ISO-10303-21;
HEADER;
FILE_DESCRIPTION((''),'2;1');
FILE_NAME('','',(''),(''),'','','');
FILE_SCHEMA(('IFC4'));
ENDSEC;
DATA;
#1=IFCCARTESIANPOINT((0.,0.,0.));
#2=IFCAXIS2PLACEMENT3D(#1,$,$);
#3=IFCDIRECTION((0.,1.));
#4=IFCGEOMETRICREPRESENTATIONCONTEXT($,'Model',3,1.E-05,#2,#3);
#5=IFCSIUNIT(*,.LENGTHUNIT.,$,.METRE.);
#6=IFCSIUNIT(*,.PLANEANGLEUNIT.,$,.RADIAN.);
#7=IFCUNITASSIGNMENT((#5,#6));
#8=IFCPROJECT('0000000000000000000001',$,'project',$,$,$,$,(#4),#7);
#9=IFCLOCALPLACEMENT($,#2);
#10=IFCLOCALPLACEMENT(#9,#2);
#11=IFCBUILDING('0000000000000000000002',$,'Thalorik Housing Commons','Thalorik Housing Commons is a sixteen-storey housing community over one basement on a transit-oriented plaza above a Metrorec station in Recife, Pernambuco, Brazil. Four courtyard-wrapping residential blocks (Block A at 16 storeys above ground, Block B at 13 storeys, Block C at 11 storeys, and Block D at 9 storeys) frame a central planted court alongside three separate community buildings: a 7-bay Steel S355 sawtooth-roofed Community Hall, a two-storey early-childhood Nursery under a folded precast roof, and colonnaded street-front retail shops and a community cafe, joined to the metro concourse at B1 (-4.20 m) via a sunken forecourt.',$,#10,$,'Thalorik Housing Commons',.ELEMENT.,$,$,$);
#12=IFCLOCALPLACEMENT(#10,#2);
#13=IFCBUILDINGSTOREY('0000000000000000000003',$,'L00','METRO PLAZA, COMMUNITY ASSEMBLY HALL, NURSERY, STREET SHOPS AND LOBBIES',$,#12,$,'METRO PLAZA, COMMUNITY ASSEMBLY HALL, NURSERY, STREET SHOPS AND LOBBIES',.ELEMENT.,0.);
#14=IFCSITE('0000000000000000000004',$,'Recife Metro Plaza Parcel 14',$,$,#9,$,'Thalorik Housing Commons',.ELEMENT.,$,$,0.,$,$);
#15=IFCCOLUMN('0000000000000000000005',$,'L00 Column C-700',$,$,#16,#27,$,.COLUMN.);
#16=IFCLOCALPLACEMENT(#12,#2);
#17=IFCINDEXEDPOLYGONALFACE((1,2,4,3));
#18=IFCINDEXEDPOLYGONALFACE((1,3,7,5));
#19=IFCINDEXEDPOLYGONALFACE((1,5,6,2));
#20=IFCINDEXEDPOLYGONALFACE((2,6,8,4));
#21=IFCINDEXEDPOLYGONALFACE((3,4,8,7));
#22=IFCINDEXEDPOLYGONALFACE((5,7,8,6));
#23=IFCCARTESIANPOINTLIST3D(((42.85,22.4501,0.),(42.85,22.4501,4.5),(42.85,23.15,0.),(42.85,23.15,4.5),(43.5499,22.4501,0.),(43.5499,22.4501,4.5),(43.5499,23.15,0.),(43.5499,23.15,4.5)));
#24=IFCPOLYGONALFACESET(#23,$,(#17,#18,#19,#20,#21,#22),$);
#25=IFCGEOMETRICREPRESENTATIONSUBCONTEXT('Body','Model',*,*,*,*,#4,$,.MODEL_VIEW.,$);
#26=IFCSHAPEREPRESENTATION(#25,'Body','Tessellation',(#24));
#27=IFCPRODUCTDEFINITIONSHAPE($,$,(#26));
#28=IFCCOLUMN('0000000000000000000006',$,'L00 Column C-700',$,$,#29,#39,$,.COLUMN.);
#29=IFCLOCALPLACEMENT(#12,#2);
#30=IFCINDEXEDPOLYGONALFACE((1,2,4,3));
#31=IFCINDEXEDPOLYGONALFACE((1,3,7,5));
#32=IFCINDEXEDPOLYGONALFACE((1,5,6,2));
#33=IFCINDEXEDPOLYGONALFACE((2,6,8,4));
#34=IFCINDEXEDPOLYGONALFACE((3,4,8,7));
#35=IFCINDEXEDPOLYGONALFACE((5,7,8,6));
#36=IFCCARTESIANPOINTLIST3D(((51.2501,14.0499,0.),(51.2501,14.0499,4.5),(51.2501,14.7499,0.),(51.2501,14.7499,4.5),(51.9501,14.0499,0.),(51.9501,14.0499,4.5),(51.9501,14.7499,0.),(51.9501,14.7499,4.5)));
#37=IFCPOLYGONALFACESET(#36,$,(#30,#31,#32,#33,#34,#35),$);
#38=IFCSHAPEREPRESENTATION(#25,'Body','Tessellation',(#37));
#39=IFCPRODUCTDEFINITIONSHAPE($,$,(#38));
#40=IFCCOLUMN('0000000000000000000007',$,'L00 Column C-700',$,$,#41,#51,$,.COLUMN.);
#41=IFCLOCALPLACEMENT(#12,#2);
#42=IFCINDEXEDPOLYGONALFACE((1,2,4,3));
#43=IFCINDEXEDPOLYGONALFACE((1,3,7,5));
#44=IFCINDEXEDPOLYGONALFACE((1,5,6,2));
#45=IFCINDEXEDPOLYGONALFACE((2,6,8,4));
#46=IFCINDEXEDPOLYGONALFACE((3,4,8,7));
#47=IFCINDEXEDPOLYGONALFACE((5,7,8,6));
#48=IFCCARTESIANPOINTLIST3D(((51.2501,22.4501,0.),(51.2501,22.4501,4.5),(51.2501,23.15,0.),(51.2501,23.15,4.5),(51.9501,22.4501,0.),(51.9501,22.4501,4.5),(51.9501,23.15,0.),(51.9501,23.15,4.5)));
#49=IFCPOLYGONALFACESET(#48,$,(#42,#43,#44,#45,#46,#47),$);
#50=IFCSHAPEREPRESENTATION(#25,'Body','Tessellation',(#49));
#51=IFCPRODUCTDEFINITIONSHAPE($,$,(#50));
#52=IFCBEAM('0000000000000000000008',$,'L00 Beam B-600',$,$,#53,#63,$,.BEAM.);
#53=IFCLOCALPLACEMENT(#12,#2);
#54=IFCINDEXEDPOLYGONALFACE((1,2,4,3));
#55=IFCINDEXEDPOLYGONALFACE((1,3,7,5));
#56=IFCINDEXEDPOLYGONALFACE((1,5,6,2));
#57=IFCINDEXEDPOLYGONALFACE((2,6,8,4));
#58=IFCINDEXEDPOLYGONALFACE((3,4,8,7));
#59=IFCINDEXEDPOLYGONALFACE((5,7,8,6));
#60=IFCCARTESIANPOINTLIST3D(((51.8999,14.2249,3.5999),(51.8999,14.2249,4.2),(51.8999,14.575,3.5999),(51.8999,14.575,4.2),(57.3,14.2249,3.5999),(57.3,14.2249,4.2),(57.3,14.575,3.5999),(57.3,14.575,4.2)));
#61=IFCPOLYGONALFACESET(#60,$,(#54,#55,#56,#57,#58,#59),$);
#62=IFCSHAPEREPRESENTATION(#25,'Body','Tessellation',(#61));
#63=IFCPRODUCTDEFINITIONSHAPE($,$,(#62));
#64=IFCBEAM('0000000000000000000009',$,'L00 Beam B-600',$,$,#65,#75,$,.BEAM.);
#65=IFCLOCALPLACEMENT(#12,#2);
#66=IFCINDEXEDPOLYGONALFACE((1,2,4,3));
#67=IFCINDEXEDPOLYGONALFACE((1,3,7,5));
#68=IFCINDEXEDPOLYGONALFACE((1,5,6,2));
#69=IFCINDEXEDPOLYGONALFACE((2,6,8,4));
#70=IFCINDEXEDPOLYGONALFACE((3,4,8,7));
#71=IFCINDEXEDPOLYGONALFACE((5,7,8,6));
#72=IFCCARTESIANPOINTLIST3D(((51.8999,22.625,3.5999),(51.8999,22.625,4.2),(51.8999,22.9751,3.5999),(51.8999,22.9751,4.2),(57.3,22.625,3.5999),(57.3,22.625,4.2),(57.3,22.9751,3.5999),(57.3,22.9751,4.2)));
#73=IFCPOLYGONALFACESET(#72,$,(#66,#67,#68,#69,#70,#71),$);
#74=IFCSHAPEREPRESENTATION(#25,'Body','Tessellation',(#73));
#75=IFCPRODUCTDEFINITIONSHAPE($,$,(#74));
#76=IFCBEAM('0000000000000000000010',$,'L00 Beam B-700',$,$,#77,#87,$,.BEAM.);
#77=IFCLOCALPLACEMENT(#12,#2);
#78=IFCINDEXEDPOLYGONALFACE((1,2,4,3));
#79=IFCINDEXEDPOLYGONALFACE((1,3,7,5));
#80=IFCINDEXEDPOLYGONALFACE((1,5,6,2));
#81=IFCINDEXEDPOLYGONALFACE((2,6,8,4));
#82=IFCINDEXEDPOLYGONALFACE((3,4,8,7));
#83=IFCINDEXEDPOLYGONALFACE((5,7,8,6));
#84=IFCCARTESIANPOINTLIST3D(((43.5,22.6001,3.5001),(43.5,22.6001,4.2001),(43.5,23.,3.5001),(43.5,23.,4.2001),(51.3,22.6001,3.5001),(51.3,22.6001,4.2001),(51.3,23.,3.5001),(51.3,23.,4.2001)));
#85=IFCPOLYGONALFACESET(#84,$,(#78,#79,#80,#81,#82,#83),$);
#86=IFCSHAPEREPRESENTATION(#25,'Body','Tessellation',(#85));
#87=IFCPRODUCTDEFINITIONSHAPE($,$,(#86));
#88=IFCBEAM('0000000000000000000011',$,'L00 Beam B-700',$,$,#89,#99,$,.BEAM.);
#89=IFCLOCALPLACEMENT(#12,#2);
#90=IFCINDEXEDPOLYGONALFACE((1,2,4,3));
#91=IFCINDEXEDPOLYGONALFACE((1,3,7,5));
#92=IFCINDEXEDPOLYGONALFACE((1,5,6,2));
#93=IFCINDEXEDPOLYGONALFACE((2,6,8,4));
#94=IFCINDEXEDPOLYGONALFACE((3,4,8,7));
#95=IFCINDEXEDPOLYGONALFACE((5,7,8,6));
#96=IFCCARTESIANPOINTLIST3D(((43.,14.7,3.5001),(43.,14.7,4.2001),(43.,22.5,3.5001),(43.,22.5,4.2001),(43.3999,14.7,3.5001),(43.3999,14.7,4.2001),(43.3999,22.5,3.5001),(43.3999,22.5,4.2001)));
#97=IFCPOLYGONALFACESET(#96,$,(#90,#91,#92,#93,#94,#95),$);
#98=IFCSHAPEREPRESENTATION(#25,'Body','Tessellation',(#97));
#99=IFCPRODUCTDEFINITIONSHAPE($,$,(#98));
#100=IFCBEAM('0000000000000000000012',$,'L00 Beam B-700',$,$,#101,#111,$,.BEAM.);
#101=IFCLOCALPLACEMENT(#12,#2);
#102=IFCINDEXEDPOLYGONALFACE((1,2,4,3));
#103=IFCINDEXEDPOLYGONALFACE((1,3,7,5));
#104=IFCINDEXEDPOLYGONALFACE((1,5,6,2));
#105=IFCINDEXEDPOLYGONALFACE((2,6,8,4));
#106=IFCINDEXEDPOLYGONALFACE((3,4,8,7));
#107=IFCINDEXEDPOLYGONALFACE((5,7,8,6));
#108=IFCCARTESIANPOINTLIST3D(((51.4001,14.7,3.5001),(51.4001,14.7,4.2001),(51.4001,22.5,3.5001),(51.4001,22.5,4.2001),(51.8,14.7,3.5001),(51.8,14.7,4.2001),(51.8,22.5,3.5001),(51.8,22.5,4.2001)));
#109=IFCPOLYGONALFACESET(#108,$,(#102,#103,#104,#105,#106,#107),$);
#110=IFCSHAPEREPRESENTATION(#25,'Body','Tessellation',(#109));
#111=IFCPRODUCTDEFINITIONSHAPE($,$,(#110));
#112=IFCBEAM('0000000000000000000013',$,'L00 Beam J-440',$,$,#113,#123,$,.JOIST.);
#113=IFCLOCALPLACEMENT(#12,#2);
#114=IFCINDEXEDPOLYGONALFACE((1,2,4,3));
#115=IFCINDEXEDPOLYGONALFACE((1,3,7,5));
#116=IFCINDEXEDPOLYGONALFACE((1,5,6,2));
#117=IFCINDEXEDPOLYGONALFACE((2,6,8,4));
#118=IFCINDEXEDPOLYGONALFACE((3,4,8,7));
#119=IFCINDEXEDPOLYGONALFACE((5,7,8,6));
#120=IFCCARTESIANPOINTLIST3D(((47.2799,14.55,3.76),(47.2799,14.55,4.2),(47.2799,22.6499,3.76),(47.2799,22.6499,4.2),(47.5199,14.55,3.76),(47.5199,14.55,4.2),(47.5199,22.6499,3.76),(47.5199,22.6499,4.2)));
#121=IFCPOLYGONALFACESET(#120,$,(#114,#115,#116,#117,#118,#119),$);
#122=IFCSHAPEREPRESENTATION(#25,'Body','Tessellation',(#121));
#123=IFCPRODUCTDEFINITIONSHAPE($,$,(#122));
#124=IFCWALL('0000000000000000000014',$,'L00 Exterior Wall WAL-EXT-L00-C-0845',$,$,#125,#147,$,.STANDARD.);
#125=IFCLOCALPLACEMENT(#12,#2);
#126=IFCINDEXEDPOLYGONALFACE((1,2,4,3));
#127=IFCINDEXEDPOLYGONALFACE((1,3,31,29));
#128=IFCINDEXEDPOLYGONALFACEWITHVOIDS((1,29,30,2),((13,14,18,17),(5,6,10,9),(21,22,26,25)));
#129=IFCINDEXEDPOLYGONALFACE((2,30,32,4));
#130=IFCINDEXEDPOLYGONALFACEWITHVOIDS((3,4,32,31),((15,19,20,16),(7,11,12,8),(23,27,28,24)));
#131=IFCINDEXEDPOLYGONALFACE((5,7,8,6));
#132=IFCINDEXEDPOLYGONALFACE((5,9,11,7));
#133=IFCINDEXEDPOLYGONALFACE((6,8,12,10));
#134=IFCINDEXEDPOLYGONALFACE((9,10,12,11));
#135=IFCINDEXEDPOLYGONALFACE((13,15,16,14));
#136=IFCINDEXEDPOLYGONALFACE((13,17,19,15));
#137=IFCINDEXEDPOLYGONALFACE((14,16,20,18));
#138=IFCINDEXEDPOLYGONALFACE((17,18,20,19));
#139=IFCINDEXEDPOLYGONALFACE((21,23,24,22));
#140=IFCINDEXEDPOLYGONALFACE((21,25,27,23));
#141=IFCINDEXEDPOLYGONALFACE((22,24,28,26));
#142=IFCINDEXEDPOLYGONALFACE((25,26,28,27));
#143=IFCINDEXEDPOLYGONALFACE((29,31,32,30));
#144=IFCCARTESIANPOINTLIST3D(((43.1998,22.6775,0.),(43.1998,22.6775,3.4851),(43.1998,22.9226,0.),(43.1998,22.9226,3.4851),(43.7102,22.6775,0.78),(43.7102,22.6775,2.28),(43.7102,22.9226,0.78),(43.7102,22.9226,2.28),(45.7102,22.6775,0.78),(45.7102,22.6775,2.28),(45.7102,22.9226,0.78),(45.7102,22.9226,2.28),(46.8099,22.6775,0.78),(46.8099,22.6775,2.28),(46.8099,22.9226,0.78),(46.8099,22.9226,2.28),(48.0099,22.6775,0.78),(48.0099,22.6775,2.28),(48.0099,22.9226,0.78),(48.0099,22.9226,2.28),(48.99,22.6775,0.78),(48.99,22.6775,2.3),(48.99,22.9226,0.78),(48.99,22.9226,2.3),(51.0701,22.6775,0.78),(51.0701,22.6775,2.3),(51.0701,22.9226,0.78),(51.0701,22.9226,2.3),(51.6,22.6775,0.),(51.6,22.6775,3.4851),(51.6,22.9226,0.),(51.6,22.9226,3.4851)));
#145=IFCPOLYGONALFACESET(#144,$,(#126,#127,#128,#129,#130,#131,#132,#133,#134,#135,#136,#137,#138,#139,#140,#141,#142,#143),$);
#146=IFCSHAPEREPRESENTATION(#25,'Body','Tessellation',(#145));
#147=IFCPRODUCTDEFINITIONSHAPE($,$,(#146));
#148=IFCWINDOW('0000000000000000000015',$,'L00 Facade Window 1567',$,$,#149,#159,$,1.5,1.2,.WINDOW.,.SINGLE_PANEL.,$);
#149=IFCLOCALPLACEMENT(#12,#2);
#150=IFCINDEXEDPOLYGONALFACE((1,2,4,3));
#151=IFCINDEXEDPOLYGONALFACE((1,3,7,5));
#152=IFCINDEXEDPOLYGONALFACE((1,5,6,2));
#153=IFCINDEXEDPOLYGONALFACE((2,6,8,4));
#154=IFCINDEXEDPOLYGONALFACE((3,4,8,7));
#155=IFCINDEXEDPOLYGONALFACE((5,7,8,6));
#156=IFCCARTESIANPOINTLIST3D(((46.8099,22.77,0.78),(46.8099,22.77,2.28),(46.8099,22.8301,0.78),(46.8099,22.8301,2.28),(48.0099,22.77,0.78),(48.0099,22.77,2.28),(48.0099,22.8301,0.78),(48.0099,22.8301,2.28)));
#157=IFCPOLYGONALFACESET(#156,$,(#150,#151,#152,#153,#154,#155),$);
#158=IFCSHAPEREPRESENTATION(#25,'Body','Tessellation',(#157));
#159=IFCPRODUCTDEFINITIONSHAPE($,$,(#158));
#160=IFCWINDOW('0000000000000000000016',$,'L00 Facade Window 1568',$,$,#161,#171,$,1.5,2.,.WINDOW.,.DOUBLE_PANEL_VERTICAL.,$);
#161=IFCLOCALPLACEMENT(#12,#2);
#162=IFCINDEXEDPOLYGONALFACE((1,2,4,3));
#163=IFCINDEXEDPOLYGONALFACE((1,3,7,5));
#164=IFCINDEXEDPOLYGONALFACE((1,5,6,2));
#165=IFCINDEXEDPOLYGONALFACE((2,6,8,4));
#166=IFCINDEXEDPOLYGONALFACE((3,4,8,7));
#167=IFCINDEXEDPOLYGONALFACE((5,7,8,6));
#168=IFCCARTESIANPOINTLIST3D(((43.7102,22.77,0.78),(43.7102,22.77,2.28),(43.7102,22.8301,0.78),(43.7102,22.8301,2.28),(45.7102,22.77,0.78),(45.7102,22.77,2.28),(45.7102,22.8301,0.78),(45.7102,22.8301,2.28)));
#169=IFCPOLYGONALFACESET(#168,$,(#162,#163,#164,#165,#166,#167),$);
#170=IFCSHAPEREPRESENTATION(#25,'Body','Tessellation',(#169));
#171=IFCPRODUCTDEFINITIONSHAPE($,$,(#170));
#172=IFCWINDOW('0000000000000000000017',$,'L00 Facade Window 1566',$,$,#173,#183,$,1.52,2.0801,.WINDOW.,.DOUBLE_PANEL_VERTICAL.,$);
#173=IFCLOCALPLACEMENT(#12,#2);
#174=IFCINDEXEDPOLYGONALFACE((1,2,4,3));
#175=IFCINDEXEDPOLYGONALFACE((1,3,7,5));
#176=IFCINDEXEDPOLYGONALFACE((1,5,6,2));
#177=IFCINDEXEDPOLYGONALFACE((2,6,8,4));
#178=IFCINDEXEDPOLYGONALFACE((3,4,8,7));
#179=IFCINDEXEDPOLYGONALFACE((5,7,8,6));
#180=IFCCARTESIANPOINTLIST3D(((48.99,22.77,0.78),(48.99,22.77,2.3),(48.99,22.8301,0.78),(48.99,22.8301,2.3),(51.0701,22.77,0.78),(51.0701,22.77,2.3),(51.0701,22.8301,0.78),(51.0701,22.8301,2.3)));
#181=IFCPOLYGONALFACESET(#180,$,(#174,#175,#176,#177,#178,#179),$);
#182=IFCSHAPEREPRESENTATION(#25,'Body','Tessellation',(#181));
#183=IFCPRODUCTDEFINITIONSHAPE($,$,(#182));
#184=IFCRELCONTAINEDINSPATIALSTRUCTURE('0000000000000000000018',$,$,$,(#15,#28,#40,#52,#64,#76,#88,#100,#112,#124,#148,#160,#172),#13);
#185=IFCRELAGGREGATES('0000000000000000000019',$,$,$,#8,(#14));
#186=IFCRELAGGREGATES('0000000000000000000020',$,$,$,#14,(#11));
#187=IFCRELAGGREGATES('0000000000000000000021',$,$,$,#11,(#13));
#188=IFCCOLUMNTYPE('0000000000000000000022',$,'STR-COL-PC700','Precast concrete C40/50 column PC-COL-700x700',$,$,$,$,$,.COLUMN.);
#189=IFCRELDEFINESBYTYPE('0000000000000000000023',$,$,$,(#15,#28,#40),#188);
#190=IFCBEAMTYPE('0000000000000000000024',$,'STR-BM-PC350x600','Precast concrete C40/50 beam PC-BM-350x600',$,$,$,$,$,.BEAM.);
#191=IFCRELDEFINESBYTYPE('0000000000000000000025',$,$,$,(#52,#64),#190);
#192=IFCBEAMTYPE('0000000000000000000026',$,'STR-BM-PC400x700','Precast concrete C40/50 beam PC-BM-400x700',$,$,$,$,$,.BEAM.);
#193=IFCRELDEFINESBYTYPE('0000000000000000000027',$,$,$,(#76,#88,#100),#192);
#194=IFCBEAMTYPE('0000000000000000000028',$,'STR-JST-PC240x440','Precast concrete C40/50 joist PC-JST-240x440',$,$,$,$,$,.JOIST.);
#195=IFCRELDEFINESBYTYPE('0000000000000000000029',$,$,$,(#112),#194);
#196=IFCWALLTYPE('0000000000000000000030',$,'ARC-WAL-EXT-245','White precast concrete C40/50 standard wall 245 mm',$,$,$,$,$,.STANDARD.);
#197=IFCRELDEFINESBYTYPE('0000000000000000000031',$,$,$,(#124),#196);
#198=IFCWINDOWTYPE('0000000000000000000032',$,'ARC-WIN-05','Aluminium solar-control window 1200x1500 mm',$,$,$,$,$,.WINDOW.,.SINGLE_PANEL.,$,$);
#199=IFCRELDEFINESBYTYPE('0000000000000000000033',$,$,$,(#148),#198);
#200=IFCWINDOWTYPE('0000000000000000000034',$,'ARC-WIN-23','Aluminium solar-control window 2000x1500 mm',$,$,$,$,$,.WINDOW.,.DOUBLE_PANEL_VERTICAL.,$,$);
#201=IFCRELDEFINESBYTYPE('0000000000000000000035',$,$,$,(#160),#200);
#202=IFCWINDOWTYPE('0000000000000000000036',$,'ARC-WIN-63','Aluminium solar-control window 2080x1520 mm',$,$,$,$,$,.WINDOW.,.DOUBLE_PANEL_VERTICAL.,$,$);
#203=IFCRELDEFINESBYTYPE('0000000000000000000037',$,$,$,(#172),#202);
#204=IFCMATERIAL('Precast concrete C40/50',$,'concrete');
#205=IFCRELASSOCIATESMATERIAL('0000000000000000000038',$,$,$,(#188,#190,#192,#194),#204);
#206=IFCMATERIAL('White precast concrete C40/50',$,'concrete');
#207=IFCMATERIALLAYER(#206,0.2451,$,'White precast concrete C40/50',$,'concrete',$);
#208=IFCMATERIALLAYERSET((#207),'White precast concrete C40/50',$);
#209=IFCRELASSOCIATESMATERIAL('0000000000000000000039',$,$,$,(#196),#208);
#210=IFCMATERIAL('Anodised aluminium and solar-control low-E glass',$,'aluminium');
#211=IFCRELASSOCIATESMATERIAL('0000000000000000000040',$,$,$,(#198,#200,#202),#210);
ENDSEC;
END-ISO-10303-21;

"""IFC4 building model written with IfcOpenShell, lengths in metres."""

from ifc_helpers import new_model, si_unit, direction, frame, frame_2d, origin, origin_2d, place, context, subcontext, project, spatial, rectangle, extrude, material, layer, layer_set, material_profile, profile_set, type_object, element, fill, save


model = new_model("IFC4")

# Units and contexts
model_context = context("Model", 3, precision=1e-05, world=origin(), true_north=direction((0.0, 1.0)))
body_context = subcontext(model_context, "Body", "Model", "MODEL_VIEW")
ifc_project = project(units=[si_unit("LENGTHUNIT", "METRE"), si_unit("PLANEANGLEUNIT", "RADIAN")], contexts=[model_context])

# Site, building, storey
site_placement = place(None, origin())
site = spatial("IfcSite", under=ifc_project, at=site_placement, Name="Recife Metro Plaza Parcel 14", LongName="Thalorik Housing Commons", CompositionType="ELEMENT", RefElevation=0.0)
building_placement = place(site_placement, origin())
building = spatial("IfcBuilding", under=site, at=building_placement, Name="Thalorik Housing Commons", Description="Thalorik Housing Commons is a sixteen-storey housing community over one basement on a transit-oriented plaza above a Metrorec station in Recife, Pernambuco, Brazil. Four courtyard-wrapping residential blocks (Block A at 16 storeys above ground, Block B at 13 storeys, Block C at 11 storeys, and Block D at 9 storeys) frame a central planted court alongside three separate community buildings: a 7-bay Steel S355 sawtooth-roofed Community Hall, a two-storey early-childhood Nursery under a folded precast roof, and colonnaded street-front retail shops and a community cafe, joined to the metro concourse at B1 (-4.20 m) via a sunken forecourt.", LongName="Thalorik Housing Commons", CompositionType="ELEMENT")
storey_placement = place(building_placement, origin())
storey = spatial("IfcBuildingStorey", under=building, at=storey_placement, Name="L00", Description="METRO PLAZA, COMMUNITY ASSEMBLY HALL, NURSERY, STREET SHOPS AND LOBBIES", LongName="METRO PLAZA, COMMUNITY ASSEMBLY HALL, NURSERY, STREET SHOPS AND LOBBIES", CompositionType="ELEMENT", Elevation=0.0)

# Columns
ifc_material_1 = material(Name="Precast concrete C40/50", Category="concrete")
ifc_material_profile_1 = material_profile(ifc_material_1, rectangle(XDim=0.7, YDim=0.7, at=origin_2d()), Name="PC 700x700", Category="concrete")
ifc_profile_set_1 = profile_set([ifc_material_profile_1], Name="Precast concrete C40/50")
column_type = type_object("IfcColumnType", Name="STR-COL-PC700", Description="Precast concrete C40/50 column PC-COL-700x700", PredefinedType="COLUMN", material=ifc_profile_set_1)
for number, where, z_axis, x_axis, name in (
    (1, (43.2, 22.8, 0.0), (0.0, 0.0, 1.0), (1.0, 0.0, 0.0), "L00 Column C-700"),
    (2, (51.6001, 14.3999, 0.0), (0.0, 0.0, 1.0), (1.0, 0.0, 0.0), "L00 Column C-700"),
    (3, (51.6001, 22.8, 0.0), (0.0, 0.0, 1.0), (1.0, 0.0, 0.0), "L00 Column C-700"),
):
    element("IfcColumn", number, at=place(storey_placement, frame(where, z_axis=z_axis, x_axis=x_axis)), inside=storey, type_object=column_type, Name=name, PredefinedType="COLUMN", context=body_context, shape_type="SweptSolid", body=[
        extrude(rectangle(XDim=0.7, YDim=0.7, at=origin_2d()), origin(), (0.0, 0.0, 1.0), 4.5),
    ])

# Beams
ifc_material_profile_2 = material_profile(ifc_material_1, rectangle(XDim=0.3501, YDim=0.6001, at=origin_2d()), Name="PC 350x600", Category="concrete")
ifc_profile_set_2 = profile_set([ifc_material_profile_2], Name="Precast concrete C40/50")
beam_type_1 = type_object("IfcBeamType", Name="STR-BM-PC350x600", Description="Precast concrete C40/50 beam PC-BM-350x600", PredefinedType="BEAM", material=ifc_profile_set_2)
for number, where, z_axis, x_axis, name in (
    (4, (51.8999, 14.3999, 3.8999), (1.0, 0.0, 0.0), (0.0, 1.0, 0.0), "L00 Beam B-600"),
    (5, (51.8999, 22.8, 3.8999), (1.0, 0.0, 0.0), (0.0, 1.0, 0.0), "L00 Beam B-600"),
):
    element("IfcBeam", number, at=place(storey_placement, frame(where, z_axis=z_axis, x_axis=x_axis)), inside=storey, type_object=beam_type_1, Name=name, PredefinedType="BEAM", context=body_context, shape_type="SweptSolid", body=[
        extrude(rectangle(XDim=0.3501, YDim=0.6001, at=origin_2d()), origin(), (0.0, 0.0, 1.0), 5.4001),
    ])
ifc_material_profile_3 = material_profile(ifc_material_1, rectangle(XDim=0.3999, YDim=0.7, at=origin_2d()), Name="PC 400x700", Category="concrete")
ifc_profile_set_3 = profile_set([ifc_material_profile_3], Name="Precast concrete C40/50")
beam_type_2 = type_object("IfcBeamType", Name="STR-BM-PC400x700", Description="Precast concrete C40/50 beam PC-BM-400x700", PredefinedType="BEAM", material=ifc_profile_set_3)
for number, where, z_axis, x_axis, name in (
    (6, (43.5, 22.8, 3.8501), (1.0, 0.0, 0.0), (0.0, 1.0, 0.0), "L00 Beam B-700"),
    (7, (43.2, 14.7, 3.8501), (0.0, 1.0, 0.0), (-1.0, 0.0, 0.0), "L00 Beam B-700"),
    (8, (51.6001, 14.7, 3.8501), (0.0, 1.0, 0.0), (-1.0, 0.0, 0.0), "L00 Beam B-700"),
):
    element("IfcBeam", number, at=place(storey_placement, frame(where, z_axis=z_axis, x_axis=x_axis)), inside=storey, type_object=beam_type_2, Name=name, PredefinedType="BEAM", context=body_context, shape_type="SweptSolid", body=[
        extrude(rectangle(XDim=0.3999, YDim=0.7, at=origin_2d()), origin(), (0.0, 0.0, 1.0), 7.8),
    ])
ifc_material_profile_4 = material_profile(ifc_material_1, rectangle(XDim=0.24, YDim=0.4399, at=origin_2d()), Name="PC JST 240x440", Category="concrete")
ifc_profile_set_4 = profile_set([ifc_material_profile_4], Name="Precast concrete C40/50")
beam_type_3 = type_object("IfcBeamType", Name="STR-JST-PC240x440", Description="Precast concrete C40/50 joist PC-JST-240x440", PredefinedType="JOIST", material=ifc_profile_set_4)
beam_placement = place(storey_placement, frame((47.3999, 14.55, 3.98), z_axis=(0.0, 1.0, 0.0), x_axis=(-1.0, 0.0, 0.0)))
element("IfcBeam", 9, at=beam_placement, inside=storey, type_object=beam_type_3, Name="L00 Beam J-440", PredefinedType="JOIST", context=body_context, shape_type="SweptSolid", body=[
    extrude(rectangle(XDim=0.24, YDim=0.4399, at=origin_2d()), origin(), (0.0, 0.0, 1.0), 8.0999),
])

# Wall, openings, windows
ifc_material_2 = material(Name="White precast concrete C40/50", Category="concrete")
ifc_layer_1 = layer(ifc_material_2, 0.2451, Name="White precast concrete C40/50", Category="concrete")
ifc_layer_set_1 = layer_set([ifc_layer_1], Name="White precast concrete C40/50")
wall_type_1 = type_object("IfcWallType", Name="ARC-WAL-EXT-245", Description="White precast concrete C40/50 standard wall 245 mm", PredefinedType="STANDARD", material=ifc_layer_set_1)
wall_1_placement = place(storey_placement, frame((51.6001, 22.8, 0.0), z_axis=(0.0, 0.0, 1.0), x_axis=(-1.0, 0.0, 0.0)))
wall_1 = element("IfcWall", 10, at=wall_1_placement, inside=storey, type_object=wall_type_1, Name="L00 Exterior Wall WAL-EXT-L00-C-0845", PredefinedType="STANDARD", context=body_context, shape_type="SweptSolid", body=[
    extrude(rectangle(XDim=8.4001, YDim=0.2451, at=frame_2d((4.2002, 0.0))), origin(), (0.0, 0.0, 1.0), 3.4851),
])
opening_1_placement = place(wall_1_placement, frame((0.53, 0.0, 0.78)))
opening_1 = element("IfcOpeningElement", 11, at=opening_1_placement, cuts=wall_1, PredefinedType="OPENING", context=body_context, shape_type="SweptSolid", body=[
    extrude(rectangle(XDim=2.0801, YDim=1.52, at=frame_2d((1.04, 0.76))), frame((0.0, 0.1326, 0.0), z_axis=(0.0, -1.0, 0.0), x_axis=(1.0, 0.0, 0.0)), (0.0, 0.0, 1.0), 0.2651),
])
opening_2_placement = place(wall_1_placement, frame((3.5901, 0.0, 0.78)))
opening_2 = element("IfcOpeningElement", 12, at=opening_2_placement, cuts=wall_1, PredefinedType="OPENING", context=body_context, shape_type="SweptSolid", body=[
    extrude(rectangle(XDim=1.2, YDim=1.5, at=frame_2d((0.6001, 0.75))), frame((0.0, 0.1326, 0.0), z_axis=(0.0, -1.0, 0.0), x_axis=(1.0, 0.0, 0.0)), (0.0, 0.0, 1.0), 0.2651),
])
opening_3_placement = place(wall_1_placement, frame((5.8899, 0.0, 0.78)))
opening_3 = element("IfcOpeningElement", 13, at=opening_3_placement, cuts=wall_1, PredefinedType="OPENING", context=body_context, shape_type="SweptSolid", body=[
    extrude(rectangle(XDim=2.0, YDim=1.5, at=frame_2d((1.0, 0.75))), frame((0.0, 0.1326, 0.0), z_axis=(0.0, -1.0, 0.0), x_axis=(1.0, 0.0, 0.0)), (0.0, 0.0, 1.0), 0.2651),
])
ifc_material_3 = material(Name="Anodised aluminium and solar-control low-E glass", Category="aluminium")
window_type_1 = type_object("IfcWindowType", Name="ARC-WIN-05", Description="Aluminium solar-control window 1200x1500 mm", PartitioningType="SINGLE_PANEL", PredefinedType="WINDOW", material=ifc_material_3)
window_1_placement = place(opening_2_placement, origin())
window_1 = element("IfcWindow", 14, at=window_1_placement, inside=storey, type_object=window_type_1, Name="L00 Facade Window 1567", OverallHeight=1.5, OverallWidth=1.2, PartitioningType="SINGLE_PANEL", PredefinedType="WINDOW", context=body_context, shape_type="SweptSolid", body=[
    extrude(rectangle(XDim=1.2, YDim=1.5, at=frame_2d((0.6001, 0.75))), frame((0.0, 0.03, 0.0), z_axis=(0.0, -1.0, 0.0), x_axis=(1.0, 0.0, 0.0)), (0.0, 0.0, 1.0), 0.0601),
])
fill(opening_2, window_1)
window_type_2 = type_object("IfcWindowType", Name="ARC-WIN-23", Description="Aluminium solar-control window 2000x1500 mm", PartitioningType="DOUBLE_PANEL_VERTICAL", PredefinedType="WINDOW", material=ifc_material_3)
window_2_placement = place(opening_3_placement, origin())
window_2 = element("IfcWindow", 15, at=window_2_placement, inside=storey, type_object=window_type_2, Name="L00 Facade Window 1568", OverallHeight=1.5, OverallWidth=2.0, PartitioningType="DOUBLE_PANEL_VERTICAL", PredefinedType="WINDOW", context=body_context, shape_type="SweptSolid", body=[
    extrude(rectangle(XDim=2.0, YDim=1.5, at=frame_2d((1.0, 0.75))), frame((0.0, 0.03, 0.0), z_axis=(0.0, -1.0, 0.0), x_axis=(1.0, 0.0, 0.0)), (0.0, 0.0, 1.0), 0.0601),
])
fill(opening_3, window_2)
window_type_3 = type_object("IfcWindowType", Name="ARC-WIN-63", Description="Aluminium solar-control window 2080x1520 mm", PartitioningType="DOUBLE_PANEL_VERTICAL", PredefinedType="WINDOW", material=ifc_material_3)
window_3_placement = place(opening_1_placement, origin())
window_3 = element("IfcWindow", 16, at=window_3_placement, inside=storey, type_object=window_type_3, Name="L00 Facade Window 1566", OverallHeight=1.52, OverallWidth=2.0801, PartitioningType="DOUBLE_PANEL_VERTICAL", PredefinedType="WINDOW", context=body_context, shape_type="SweptSolid", body=[
    extrude(rectangle(XDim=2.0801, YDim=1.52, at=frame_2d((1.04, 0.76))), frame((0.0, 0.03, 0.0), z_axis=(0.0, -1.0, 0.0), x_axis=(1.0, 0.0, 0.0)), (0.0, 0.0, 1.0), 0.0601),
])
fill(opening_1, window_3)

save(model, "model.ifc")
